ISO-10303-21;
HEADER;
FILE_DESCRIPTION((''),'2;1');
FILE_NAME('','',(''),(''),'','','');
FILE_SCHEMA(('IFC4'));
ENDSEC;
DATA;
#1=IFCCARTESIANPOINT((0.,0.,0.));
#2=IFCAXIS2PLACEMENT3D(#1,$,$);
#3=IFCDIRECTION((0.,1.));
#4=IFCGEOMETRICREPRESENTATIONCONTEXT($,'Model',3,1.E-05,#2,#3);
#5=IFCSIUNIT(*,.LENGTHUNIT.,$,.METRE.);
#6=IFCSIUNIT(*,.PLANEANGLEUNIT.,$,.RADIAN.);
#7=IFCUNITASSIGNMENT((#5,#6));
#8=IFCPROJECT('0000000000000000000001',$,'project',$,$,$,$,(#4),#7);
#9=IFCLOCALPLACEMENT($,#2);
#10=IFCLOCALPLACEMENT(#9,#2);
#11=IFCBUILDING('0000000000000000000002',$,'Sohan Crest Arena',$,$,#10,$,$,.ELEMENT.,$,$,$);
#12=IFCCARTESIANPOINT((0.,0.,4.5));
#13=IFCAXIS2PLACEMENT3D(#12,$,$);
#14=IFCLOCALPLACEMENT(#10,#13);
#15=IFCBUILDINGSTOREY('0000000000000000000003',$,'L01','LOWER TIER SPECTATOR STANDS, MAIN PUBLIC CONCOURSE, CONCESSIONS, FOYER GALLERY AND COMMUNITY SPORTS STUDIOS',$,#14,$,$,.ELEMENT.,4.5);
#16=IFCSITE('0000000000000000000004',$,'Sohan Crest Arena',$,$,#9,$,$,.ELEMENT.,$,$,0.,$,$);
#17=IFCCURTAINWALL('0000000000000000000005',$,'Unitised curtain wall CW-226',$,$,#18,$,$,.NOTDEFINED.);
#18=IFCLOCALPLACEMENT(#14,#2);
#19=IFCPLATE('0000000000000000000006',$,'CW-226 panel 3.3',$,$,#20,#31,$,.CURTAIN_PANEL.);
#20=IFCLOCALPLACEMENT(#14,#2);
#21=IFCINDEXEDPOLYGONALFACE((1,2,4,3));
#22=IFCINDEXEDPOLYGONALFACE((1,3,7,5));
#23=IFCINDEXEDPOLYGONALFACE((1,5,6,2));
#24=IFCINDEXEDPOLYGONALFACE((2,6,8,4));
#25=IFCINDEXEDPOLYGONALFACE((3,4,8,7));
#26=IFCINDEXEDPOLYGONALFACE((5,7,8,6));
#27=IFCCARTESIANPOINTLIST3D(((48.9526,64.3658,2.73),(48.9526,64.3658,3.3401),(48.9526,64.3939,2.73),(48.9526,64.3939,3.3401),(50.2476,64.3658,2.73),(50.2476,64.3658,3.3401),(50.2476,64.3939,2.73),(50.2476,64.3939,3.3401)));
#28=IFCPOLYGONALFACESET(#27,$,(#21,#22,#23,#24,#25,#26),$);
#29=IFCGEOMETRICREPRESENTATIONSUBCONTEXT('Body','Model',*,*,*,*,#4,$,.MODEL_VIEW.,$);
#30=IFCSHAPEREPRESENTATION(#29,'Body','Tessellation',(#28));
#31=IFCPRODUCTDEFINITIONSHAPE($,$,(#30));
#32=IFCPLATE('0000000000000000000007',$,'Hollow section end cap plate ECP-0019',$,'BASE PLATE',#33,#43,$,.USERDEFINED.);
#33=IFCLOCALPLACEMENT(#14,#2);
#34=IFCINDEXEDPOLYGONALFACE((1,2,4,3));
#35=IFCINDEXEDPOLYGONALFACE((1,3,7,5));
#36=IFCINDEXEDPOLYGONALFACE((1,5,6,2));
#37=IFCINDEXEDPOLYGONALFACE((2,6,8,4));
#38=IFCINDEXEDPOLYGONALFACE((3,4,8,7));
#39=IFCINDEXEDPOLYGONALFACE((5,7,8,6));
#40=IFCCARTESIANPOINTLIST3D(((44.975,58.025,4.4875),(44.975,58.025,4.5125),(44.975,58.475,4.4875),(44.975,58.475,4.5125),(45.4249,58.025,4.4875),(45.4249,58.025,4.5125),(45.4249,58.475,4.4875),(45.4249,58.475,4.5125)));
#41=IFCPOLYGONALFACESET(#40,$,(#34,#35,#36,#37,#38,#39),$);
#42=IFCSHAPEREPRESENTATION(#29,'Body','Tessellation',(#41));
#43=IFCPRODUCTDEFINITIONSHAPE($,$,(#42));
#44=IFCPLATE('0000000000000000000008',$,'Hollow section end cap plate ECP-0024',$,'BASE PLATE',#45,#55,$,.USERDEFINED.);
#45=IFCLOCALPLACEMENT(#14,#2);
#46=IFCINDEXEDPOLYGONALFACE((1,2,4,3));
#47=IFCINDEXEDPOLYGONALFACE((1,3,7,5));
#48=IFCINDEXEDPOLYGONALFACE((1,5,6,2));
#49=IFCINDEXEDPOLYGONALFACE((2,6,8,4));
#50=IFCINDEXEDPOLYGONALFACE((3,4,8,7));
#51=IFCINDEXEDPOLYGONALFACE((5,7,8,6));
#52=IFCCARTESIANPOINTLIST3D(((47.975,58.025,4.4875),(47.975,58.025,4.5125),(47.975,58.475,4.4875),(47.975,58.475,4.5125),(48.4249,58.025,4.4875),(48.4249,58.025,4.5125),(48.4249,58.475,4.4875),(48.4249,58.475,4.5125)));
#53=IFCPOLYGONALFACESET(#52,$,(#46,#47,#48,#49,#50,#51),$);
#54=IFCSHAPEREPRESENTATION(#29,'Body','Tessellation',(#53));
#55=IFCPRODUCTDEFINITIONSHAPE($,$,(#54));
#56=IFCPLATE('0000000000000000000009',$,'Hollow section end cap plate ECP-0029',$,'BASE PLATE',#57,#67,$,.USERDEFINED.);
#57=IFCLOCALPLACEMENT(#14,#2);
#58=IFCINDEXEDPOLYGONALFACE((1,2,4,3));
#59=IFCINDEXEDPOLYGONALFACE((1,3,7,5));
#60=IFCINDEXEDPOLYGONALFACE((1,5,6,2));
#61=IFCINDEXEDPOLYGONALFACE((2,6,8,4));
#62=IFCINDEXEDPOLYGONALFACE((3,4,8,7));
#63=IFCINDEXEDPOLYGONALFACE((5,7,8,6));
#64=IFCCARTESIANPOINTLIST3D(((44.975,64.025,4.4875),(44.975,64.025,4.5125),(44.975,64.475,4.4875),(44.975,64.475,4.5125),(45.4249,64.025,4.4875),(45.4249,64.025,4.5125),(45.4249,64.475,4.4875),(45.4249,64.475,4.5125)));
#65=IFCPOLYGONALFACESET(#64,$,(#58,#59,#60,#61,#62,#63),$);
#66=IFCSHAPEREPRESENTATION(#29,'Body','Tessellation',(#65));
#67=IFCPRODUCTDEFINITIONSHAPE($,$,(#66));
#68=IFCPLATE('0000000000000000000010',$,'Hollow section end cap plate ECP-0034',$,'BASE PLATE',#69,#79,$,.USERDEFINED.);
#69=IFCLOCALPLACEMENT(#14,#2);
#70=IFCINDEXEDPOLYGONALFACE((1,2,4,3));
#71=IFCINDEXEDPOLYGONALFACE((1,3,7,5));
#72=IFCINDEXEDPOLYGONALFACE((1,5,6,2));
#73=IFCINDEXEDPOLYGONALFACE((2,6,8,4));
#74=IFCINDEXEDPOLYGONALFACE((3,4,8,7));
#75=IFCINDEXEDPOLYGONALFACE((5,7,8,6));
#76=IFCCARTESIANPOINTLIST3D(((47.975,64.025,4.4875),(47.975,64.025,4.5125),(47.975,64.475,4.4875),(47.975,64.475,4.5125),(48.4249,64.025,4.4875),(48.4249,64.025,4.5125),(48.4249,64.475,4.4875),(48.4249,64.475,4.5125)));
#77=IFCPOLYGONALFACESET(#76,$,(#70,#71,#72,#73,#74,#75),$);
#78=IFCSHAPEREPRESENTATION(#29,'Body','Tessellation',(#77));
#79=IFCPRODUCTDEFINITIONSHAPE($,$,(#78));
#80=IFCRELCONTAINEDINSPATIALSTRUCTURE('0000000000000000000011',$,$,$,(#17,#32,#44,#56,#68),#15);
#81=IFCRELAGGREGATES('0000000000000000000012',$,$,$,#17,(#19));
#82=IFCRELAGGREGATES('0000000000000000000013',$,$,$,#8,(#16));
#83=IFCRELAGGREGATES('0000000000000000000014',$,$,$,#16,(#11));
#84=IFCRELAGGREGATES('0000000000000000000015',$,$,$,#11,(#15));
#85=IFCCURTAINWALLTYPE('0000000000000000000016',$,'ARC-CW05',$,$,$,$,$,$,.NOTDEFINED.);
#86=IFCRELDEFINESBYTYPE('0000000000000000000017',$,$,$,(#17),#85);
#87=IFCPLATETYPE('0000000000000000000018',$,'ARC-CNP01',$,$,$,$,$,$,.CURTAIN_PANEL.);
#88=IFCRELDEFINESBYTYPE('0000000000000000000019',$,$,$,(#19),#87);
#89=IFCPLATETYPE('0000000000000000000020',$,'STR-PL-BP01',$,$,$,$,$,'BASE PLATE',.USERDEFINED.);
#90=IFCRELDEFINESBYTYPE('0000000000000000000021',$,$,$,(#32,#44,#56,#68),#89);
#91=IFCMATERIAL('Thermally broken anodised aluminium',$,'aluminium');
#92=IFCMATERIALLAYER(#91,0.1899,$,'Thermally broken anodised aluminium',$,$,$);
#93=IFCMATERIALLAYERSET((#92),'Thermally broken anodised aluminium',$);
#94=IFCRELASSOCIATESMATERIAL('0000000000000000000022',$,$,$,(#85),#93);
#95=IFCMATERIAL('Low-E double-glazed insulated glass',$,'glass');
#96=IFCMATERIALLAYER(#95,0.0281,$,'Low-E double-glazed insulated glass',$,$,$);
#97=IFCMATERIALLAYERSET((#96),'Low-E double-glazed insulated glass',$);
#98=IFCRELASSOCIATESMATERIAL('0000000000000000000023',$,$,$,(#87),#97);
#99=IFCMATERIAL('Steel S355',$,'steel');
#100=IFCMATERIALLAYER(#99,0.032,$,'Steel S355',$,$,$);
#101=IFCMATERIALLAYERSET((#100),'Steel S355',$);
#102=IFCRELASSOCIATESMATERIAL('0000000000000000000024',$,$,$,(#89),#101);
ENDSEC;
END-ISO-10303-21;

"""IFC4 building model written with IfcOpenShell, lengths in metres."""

from ifc_helpers import new_model, si_unit, direction, frame, origin, origin_2d, place, context, subcontext, project, spatial, rectangle, extrude, material, layer, layer_set, type_object, element, aggregate, save


model = new_model("IFC4")

# Units and contexts
model_context = context("Model", 3, precision=1e-05, world=origin(), true_north=direction((0.0, 1.0)))
body_context = subcontext(model_context, "Body", "Model", "MODEL_VIEW")
ifc_project = project(units=[si_unit("LENGTHUNIT", "METRE"), si_unit("PLANEANGLEUNIT", "RADIAN")], contexts=[model_context])

# Site, building, storey
site_placement = place(None, origin())
site = spatial("IfcSite", under=ifc_project, at=site_placement, Name="Sohan Crest Arena", CompositionType="ELEMENT", RefElevation=0.0)
building_placement = place(site_placement, origin())
building = spatial("IfcBuilding", under=site, at=building_placement, Name="Sohan Crest Arena", CompositionType="ELEMENT")
storey_placement = place(building_placement, frame((0.0, 0.0, 4.5)))
storey = spatial("IfcBuildingStorey", under=building, at=storey_placement, Name="L01", Description="LOWER TIER SPECTATOR STANDS, MAIN PUBLIC CONCOURSE, CONCESSIONS, FOYER GALLERY AND COMMUNITY SPORTS STUDIOS", CompositionType="ELEMENT", Elevation=4.5)

# Shared definitions
ifc_material_1 = material(Name="Steel S355", Category="steel")

# Curtain wall
ifc_material_2 = material(Name="Thermally broken anodised aluminium", Category="aluminium")
ifc_layer_1 = layer(ifc_material_2, 0.1899, Name="Thermally broken anodised aluminium")
ifc_layer_set_1 = layer_set([ifc_layer_1], Name="Thermally broken anodised aluminium")
curtain_wall_type = type_object("IfcCurtainWallType", Name="ARC-CW05", PredefinedType="NOTDEFINED", material=ifc_layer_set_1)
curtain_wall_placement = place(storey_placement, origin())
curtain_wall = element("IfcCurtainWall", 1, at=curtain_wall_placement, inside=storey, type_object=curtain_wall_type, Name="Unitised curtain wall CW-226", PredefinedType="NOTDEFINED")

# Plate
ifc_material_3 = material(Name="Low-E double-glazed insulated glass", Category="glass")
ifc_layer_2 = layer(ifc_material_3, 0.0281, Name="Low-E double-glazed insulated glass")
ifc_layer_set_2 = layer_set([ifc_layer_2], Name="Low-E double-glazed insulated glass")
plate_type_1 = type_object("IfcPlateType", Name="ARC-CNP01", PredefinedType="CURTAIN_PANEL", material=ifc_layer_set_2)
plate_1_placement = place(storey_placement, frame((49.6001, 64.3799, 2.73), z_axis=(0.0, 0.0, 1.0), x_axis=(1.0, 0.0, 0.0)))
plate_1 = element("IfcPlate", 2, at=plate_1_placement, type_object=plate_type_1, Name="CW-226 panel 3.3", PredefinedType="CURTAIN_PANEL", context=body_context, shape_type="SweptSolid", body=[
    extrude(rectangle(XDim=1.2949, YDim=0.0281, at=origin_2d()), origin(), (0.0, 0.0, 1.0), 0.6101),
])
aggregate(curtain_wall, [plate_1])

# Plates
ifc_layer_3 = layer(ifc_material_1, 0.032, Name="Steel S355")
ifc_layer_set_3 = layer_set([ifc_layer_3], Name="Steel S355")
plate_type_2 = type_object("IfcPlateType", Name="STR-PL-BP01", ElementType="BASE PLATE", PredefinedType="USERDEFINED", material=ifc_layer_set_3)
for number, where, z_axis, x_axis, name in (
    (3, (45.2, 58.25, 4.4875), (0.0, 0.0, 1.0), (1.0, 0.0, 0.0), "Hollow section end cap plate ECP-0019"),
    (4, (48.2, 58.25, 4.4875), (0.0, 0.0, 1.0), (1.0, 0.0, 0.0), "Hollow section end cap plate ECP-0024"),
    (5, (45.2, 64.25, 4.4875), (0.0, 0.0, 1.0), (1.0, 0.0, 0.0), "Hollow section end cap plate ECP-0029"),
    (6, (48.2, 64.25, 4.4875), (0.0, 0.0, 1.0), (1.0, 0.0, 0.0), "Hollow section end cap plate ECP-0034"),
):
    element("IfcPlate", number, at=place(storey_placement, frame(where, z_axis=z_axis, x_axis=x_axis)), inside=storey, type_object=plate_type_2, Name=name, ObjectType="BASE PLATE", PredefinedType="USERDEFINED", context=body_context, shape_type="SweptSolid", body=[
        extrude(rectangle(XDim=0.45, YDim=0.45, at=origin_2d()), origin(), (0.0, 0.0, 1.0), 0.0249),
    ])

save(model, "model.ifc")
